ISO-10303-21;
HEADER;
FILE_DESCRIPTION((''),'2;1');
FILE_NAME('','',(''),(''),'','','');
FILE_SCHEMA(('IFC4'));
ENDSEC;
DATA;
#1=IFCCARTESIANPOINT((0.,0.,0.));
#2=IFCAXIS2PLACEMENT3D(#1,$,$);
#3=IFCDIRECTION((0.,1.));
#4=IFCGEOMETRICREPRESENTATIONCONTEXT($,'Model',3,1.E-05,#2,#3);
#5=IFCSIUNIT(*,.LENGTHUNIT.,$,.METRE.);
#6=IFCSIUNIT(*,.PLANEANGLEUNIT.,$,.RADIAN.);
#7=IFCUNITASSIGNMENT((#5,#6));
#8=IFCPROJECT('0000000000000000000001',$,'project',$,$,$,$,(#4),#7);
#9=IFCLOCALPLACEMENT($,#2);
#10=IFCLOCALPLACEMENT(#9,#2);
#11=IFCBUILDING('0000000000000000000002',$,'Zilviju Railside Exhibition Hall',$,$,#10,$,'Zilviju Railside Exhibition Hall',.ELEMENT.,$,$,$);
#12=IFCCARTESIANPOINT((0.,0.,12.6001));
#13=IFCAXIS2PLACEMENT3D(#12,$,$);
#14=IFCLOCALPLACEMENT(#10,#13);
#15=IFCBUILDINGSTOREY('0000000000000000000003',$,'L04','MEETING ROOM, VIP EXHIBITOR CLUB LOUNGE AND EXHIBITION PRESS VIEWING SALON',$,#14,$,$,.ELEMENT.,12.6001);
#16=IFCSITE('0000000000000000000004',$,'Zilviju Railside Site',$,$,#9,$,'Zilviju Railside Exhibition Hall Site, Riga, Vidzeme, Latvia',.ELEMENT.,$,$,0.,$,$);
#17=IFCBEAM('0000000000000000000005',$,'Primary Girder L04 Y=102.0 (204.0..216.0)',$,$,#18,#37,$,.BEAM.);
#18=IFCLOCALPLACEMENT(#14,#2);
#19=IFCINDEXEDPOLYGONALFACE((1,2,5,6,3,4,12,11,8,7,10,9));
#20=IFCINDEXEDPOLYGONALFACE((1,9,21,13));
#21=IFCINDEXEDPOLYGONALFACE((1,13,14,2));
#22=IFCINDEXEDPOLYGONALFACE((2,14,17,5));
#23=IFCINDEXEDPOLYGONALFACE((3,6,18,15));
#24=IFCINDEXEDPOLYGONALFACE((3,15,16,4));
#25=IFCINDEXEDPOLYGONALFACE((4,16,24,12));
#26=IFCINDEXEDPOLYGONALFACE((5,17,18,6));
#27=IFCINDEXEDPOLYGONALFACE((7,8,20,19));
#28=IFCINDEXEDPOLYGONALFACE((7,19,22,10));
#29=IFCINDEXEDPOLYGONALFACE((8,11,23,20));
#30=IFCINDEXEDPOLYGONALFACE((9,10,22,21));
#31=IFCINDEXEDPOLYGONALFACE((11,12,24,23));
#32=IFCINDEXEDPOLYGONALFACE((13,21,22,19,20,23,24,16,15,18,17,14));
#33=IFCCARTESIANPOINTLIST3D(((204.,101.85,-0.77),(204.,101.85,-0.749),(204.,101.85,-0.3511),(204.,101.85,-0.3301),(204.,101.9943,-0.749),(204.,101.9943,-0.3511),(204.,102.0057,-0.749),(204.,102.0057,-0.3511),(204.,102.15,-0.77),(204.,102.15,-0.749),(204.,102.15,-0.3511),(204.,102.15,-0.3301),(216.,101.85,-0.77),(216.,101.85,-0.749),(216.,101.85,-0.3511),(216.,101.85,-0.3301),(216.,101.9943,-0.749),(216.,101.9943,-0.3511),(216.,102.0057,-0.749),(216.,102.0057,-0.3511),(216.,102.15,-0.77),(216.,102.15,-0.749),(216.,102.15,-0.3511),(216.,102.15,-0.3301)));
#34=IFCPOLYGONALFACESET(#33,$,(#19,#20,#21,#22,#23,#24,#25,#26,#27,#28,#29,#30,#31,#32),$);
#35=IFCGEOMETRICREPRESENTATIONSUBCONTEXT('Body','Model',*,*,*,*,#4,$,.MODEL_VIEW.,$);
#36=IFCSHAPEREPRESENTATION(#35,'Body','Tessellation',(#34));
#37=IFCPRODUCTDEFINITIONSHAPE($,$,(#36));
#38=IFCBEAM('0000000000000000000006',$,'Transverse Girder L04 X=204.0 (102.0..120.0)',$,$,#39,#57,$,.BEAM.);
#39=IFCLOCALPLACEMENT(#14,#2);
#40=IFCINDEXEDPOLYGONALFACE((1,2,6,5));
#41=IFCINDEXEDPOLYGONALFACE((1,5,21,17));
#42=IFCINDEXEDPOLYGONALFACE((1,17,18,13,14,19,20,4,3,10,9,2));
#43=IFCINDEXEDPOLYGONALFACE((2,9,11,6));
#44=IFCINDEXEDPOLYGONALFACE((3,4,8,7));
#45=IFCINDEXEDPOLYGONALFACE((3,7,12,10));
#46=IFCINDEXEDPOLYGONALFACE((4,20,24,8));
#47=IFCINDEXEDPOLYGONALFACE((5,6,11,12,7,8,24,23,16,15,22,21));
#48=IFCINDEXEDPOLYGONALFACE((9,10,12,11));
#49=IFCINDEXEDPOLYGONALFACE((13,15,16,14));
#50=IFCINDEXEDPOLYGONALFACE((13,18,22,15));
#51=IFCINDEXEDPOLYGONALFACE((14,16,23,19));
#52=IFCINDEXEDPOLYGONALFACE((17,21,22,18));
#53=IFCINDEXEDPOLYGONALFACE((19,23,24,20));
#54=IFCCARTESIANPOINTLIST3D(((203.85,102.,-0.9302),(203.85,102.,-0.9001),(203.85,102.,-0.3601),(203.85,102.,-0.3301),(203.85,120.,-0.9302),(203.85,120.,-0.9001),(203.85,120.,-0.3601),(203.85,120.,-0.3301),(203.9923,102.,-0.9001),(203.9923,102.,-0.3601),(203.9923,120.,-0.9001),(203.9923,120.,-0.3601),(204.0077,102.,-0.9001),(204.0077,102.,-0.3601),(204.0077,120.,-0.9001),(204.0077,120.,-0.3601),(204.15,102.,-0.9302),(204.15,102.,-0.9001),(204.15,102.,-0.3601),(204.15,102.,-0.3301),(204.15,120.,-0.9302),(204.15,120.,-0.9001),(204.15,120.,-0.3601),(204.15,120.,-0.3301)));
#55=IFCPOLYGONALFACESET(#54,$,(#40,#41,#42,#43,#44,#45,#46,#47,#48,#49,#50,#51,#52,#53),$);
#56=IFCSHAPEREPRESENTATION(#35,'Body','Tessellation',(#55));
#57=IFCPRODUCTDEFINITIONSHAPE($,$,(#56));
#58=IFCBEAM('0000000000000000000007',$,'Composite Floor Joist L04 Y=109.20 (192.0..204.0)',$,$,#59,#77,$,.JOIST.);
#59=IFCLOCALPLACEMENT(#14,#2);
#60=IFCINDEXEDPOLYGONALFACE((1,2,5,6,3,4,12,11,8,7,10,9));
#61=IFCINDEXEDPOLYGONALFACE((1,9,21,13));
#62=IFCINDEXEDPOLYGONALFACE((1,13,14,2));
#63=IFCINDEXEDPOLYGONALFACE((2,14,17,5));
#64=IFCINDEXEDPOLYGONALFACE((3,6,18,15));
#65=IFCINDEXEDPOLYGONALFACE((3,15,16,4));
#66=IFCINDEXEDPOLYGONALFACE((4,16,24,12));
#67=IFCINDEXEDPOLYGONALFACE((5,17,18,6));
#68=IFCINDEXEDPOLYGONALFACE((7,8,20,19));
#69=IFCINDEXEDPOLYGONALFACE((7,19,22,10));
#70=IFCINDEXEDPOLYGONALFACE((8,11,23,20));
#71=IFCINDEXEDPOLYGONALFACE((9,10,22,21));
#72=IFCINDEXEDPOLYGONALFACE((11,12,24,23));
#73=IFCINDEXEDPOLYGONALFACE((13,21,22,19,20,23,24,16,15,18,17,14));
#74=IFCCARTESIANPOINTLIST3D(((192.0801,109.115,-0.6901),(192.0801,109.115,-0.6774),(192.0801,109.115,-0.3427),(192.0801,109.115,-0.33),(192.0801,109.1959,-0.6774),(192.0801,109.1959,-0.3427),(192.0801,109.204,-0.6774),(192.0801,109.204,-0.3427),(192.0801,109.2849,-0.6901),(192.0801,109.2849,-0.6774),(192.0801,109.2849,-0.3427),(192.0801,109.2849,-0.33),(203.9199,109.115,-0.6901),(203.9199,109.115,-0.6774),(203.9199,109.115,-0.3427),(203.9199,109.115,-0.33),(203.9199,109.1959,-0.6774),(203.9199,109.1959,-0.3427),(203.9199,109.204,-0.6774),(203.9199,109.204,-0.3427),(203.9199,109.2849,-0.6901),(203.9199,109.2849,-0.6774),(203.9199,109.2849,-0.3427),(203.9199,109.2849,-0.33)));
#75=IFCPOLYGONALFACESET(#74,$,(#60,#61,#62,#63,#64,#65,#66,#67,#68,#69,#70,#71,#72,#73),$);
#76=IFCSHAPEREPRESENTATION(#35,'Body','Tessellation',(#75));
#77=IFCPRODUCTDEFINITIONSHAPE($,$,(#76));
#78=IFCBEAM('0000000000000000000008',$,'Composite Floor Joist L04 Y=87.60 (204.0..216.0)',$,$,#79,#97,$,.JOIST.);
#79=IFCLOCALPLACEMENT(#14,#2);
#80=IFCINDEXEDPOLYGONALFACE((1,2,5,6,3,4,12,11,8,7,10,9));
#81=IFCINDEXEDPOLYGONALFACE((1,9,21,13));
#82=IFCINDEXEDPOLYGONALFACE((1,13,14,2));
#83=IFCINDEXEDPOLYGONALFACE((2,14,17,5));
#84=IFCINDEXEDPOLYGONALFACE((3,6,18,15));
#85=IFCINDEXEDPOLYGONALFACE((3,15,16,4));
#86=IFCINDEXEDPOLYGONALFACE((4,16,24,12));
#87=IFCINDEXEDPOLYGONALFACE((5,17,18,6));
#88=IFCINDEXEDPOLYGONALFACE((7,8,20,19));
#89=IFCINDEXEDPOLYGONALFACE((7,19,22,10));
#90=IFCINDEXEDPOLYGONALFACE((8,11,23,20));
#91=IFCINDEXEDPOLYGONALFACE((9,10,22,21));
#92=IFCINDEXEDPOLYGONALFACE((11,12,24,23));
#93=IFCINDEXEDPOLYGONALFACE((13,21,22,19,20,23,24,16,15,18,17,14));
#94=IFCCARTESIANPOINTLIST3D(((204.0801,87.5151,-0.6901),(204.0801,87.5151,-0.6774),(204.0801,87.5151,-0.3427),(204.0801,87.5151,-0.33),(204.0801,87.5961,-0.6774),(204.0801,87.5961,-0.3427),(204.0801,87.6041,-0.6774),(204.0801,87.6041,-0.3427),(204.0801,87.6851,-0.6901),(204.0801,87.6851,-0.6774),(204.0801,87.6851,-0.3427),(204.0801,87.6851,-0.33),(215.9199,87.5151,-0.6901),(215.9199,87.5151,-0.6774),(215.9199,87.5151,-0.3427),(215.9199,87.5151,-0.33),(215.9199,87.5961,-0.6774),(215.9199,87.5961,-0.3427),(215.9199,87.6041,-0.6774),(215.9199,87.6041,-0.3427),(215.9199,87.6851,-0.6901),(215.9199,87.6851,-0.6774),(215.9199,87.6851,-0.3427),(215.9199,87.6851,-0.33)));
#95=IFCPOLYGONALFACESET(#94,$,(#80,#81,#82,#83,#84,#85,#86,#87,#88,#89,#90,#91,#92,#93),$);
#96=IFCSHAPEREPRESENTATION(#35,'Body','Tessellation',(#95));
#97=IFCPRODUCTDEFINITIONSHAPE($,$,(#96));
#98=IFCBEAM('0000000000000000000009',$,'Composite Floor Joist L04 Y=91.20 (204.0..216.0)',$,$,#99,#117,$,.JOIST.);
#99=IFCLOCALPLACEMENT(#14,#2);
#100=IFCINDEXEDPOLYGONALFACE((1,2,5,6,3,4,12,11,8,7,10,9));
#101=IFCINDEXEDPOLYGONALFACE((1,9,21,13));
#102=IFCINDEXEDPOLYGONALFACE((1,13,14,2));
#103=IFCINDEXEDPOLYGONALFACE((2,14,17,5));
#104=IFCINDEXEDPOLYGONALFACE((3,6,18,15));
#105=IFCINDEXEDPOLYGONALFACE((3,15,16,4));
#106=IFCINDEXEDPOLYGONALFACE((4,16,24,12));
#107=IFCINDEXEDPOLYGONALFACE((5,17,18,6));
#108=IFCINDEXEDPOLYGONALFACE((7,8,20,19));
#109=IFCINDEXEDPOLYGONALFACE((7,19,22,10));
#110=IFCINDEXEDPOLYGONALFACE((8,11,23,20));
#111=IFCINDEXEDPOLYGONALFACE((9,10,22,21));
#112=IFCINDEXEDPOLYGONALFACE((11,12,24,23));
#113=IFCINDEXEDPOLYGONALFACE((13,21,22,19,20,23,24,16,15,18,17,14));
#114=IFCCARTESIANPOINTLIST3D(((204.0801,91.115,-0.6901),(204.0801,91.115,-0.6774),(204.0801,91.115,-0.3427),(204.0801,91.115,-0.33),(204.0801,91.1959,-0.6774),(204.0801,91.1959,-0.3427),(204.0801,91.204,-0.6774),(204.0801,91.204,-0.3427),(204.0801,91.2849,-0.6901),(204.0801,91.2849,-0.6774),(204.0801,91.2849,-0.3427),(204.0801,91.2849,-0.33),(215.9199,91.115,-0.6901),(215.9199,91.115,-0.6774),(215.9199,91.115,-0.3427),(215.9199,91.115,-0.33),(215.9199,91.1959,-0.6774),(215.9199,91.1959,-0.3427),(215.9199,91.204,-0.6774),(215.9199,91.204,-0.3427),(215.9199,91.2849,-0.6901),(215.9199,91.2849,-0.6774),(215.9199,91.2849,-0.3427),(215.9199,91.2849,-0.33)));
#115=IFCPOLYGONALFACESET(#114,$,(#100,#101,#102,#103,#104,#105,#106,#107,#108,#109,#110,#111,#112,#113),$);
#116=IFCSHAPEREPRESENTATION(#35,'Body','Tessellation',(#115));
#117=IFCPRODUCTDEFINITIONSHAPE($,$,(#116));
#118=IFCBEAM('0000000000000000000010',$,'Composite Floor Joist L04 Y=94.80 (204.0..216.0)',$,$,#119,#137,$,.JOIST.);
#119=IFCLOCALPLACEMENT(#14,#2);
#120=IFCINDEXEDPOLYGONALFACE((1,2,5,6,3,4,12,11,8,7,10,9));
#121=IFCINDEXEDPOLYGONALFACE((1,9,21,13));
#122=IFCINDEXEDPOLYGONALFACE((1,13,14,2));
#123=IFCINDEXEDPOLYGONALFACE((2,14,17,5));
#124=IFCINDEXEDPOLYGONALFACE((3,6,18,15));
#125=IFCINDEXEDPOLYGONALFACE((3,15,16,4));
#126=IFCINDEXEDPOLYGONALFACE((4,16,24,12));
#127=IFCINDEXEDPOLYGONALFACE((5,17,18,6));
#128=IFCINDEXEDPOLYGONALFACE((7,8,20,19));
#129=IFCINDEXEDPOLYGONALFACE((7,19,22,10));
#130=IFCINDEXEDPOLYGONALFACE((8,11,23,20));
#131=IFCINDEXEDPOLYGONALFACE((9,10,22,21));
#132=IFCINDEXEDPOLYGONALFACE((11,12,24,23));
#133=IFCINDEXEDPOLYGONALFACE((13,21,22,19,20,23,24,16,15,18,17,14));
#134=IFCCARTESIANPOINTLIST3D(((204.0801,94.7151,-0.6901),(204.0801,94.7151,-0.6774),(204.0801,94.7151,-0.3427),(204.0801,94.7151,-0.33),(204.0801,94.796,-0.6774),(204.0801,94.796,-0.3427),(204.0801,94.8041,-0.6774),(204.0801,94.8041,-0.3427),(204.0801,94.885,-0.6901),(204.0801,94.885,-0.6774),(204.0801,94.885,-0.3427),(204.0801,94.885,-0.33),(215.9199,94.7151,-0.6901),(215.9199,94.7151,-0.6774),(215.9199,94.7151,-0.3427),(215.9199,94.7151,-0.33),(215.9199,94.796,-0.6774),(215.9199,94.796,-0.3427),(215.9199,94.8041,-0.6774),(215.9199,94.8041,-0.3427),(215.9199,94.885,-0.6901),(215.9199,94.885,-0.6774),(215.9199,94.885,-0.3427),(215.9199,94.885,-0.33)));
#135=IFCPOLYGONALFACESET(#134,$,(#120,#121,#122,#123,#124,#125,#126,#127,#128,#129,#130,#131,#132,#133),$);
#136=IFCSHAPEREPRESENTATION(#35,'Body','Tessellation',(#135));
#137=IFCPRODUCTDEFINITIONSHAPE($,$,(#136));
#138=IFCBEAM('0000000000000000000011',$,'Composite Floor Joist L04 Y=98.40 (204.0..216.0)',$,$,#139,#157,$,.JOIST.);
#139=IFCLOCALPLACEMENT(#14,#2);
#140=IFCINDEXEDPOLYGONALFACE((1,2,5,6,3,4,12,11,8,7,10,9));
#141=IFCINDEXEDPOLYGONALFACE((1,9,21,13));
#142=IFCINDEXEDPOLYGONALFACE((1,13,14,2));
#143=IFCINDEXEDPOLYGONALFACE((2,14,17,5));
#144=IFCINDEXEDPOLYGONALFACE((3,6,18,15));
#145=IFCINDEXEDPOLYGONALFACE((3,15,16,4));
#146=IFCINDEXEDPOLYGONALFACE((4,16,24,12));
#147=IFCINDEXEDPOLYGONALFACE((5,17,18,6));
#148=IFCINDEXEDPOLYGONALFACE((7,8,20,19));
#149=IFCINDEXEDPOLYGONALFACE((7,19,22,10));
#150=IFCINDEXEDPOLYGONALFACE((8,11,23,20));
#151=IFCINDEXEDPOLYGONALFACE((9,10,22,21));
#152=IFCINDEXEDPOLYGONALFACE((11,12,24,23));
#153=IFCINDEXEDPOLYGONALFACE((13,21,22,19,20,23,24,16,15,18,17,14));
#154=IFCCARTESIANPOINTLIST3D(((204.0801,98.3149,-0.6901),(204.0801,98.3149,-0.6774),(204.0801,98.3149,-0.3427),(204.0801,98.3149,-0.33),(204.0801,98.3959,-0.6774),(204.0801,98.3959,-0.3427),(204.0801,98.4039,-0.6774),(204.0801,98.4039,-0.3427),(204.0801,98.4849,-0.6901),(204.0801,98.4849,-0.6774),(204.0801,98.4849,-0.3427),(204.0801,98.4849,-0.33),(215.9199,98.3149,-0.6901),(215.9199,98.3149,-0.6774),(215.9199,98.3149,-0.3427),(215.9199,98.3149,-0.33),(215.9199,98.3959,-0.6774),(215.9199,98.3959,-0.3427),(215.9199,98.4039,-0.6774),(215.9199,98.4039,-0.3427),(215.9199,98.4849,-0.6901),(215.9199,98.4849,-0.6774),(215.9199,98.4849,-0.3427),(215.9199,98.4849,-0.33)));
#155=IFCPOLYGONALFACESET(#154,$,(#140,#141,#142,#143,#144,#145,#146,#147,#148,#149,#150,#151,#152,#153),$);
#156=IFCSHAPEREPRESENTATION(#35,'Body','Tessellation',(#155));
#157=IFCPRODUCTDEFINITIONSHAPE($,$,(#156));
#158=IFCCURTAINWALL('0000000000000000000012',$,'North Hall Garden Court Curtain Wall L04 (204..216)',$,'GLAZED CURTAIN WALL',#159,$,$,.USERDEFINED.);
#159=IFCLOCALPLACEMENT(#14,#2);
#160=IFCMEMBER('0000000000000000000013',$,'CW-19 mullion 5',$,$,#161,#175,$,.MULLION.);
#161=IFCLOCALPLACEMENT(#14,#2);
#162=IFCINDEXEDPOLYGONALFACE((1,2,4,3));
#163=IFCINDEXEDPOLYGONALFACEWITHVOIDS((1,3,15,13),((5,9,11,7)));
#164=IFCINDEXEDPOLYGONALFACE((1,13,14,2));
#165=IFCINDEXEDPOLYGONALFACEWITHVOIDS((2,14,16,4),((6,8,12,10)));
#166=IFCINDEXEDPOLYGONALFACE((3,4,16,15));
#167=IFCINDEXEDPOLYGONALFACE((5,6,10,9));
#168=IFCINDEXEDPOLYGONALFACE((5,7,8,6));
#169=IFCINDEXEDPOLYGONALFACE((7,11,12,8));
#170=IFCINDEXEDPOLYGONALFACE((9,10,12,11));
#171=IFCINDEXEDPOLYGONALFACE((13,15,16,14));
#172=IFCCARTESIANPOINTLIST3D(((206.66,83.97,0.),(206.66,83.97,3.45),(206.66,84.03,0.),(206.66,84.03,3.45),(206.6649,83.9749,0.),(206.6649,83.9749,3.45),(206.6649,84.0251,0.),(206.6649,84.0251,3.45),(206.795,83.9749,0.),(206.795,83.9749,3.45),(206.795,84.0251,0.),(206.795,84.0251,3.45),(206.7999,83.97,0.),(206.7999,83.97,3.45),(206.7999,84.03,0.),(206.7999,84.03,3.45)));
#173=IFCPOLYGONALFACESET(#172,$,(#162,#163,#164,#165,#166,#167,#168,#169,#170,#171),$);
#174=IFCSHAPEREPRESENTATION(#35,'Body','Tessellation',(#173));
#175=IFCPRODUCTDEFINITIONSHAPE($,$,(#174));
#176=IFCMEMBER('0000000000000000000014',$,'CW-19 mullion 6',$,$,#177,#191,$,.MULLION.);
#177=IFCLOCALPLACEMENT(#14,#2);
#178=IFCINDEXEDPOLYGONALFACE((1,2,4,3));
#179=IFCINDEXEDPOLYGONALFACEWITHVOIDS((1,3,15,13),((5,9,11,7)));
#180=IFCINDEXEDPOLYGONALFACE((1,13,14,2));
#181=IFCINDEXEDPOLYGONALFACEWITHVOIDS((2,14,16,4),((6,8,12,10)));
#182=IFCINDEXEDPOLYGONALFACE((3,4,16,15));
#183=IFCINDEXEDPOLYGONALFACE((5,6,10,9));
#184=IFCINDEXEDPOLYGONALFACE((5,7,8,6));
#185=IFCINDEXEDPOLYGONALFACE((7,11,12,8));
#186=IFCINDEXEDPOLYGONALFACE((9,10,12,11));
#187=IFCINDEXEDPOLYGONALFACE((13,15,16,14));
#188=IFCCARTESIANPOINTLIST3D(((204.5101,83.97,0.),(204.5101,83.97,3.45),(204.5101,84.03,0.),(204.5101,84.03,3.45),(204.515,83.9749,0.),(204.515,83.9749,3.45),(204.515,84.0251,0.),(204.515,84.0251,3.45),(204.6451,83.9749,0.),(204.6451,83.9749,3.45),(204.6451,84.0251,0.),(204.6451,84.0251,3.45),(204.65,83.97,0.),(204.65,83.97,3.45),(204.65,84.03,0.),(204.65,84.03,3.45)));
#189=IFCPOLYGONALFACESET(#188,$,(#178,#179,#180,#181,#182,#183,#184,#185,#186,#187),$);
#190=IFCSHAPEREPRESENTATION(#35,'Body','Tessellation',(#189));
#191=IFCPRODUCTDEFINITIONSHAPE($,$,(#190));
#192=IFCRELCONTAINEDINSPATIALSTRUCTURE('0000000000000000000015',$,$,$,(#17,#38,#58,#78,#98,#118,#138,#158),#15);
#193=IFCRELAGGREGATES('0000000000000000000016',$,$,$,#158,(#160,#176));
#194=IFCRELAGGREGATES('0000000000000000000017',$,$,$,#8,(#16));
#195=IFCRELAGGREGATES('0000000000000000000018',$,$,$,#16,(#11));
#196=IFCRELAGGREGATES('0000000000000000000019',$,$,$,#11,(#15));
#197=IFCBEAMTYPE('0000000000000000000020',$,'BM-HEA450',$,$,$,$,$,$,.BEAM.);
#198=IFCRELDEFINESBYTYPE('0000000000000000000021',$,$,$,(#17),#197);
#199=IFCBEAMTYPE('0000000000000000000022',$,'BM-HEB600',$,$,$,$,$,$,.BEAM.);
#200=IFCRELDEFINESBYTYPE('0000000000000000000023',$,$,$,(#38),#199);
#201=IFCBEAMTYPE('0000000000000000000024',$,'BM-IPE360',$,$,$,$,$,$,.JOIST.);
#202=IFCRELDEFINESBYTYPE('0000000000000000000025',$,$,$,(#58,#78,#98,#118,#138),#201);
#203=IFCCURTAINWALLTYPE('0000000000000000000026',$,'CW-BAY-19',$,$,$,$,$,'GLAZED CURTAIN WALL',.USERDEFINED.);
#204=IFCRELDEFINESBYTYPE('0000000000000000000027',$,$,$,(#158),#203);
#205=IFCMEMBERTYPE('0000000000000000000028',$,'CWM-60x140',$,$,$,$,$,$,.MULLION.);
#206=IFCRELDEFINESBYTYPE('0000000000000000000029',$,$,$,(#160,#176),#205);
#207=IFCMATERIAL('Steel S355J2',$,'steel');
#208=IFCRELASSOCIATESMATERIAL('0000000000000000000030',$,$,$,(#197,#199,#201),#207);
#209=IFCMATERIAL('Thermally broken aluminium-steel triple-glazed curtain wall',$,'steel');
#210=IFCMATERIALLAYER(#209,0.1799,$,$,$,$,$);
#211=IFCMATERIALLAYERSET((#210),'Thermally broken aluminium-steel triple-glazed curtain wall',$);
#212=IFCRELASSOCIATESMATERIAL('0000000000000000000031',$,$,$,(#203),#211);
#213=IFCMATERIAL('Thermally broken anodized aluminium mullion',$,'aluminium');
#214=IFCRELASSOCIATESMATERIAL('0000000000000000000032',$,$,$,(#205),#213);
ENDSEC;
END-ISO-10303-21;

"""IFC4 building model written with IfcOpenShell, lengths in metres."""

from ifc_helpers import new_model, si_unit, direction, frame, origin, origin_2d, place, context, subcontext, project, spatial, hollow_rectangle, i_section, extrude, material, layer, layer_set, material_profile, profile_set, type_object, element, aggregate, save


model = new_model("IFC4")

# Units and contexts
model_context = context("Model", 3, precision=1e-05, world=origin(), true_north=direction((0.0, 1.0)))
body_context = subcontext(model_context, "Body", "Model", "MODEL_VIEW")
ifc_project = project(units=[si_unit("LENGTHUNIT", "METRE"), si_unit("PLANEANGLEUNIT", "RADIAN")], contexts=[model_context])

# Site, building, storey
site_placement = place(None, origin())
site = spatial("IfcSite", under=ifc_project, at=site_placement, Name="Zilviju Railside Site", LongName="Zilviju Railside Exhibition Hall Site, Riga, Vidzeme, Latvia", CompositionType="ELEMENT", RefElevation=0.0)
building_placement = place(site_placement, origin())
building = spatial("IfcBuilding", under=site, at=building_placement, Name="Zilviju Railside Exhibition Hall", LongName="Zilviju Railside Exhibition Hall", CompositionType="ELEMENT")
storey_placement = place(building_placement, frame((0.0, 0.0, 12.6001)))
storey = spatial("IfcBuildingStorey", under=building, at=storey_placement, Name="L04", Description="MEETING ROOM, VIP EXHIBITOR CLUB LOUNGE AND EXHIBITION PRESS VIEWING SALON", CompositionType="ELEMENT", Elevation=12.6001)

# Beams
ifc_material_1 = material(Name="Steel S355J2", Category="steel")
ifc_material_profile_1 = material_profile(ifc_material_1, i_section(OverallWidth=0.3, OverallDepth=0.4399, WebThickness=0.0115, FlangeThickness=0.021, at=origin_2d()), Name="HEA 450")
ifc_profile_set_1 = profile_set([ifc_material_profile_1], Name="Steel S355J2")
beam_type_1 = type_object("IfcBeamType", Name="BM-HEA450", PredefinedType="BEAM", material=ifc_profile_set_1)
beam_1_placement = place(storey_placement, frame((204.0, 102.0, -0.55), z_axis=(1.0, 0.0, 0.0), x_axis=(0.0, 1.0, 0.0)))
element("IfcBeam", 1, at=beam_1_placement, inside=storey, type_object=beam_type_1, Name="Primary Girder L04 Y=102.0 (204.0..216.0)", PredefinedType="BEAM", context=body_context, shape_type="SweptSolid", body=[
    extrude(i_section(OverallWidth=0.3, OverallDepth=0.4399, WebThickness=0.0115, FlangeThickness=0.021, at=origin_2d()), origin(), (0.0, 0.0, 1.0), 12.0),
])
ifc_material_profile_2 = material_profile(ifc_material_1, i_section(OverallWidth=0.3, OverallDepth=0.6001, WebThickness=0.0154, FlangeThickness=0.03, at=origin_2d()), Name="HEB 600")
ifc_profile_set_2 = profile_set([ifc_material_profile_2], Name="Steel S355J2")
beam_type_2 = type_object("IfcBeamType", Name="BM-HEB600", PredefinedType="BEAM", material=ifc_profile_set_2)
beam_2_placement = place(storey_placement, frame((204.0, 102.0, -0.6301), z_axis=(0.0, 1.0, 0.0), x_axis=(-1.0, 0.0, 0.0)))
element("IfcBeam", 2, at=beam_2_placement, inside=storey, type_object=beam_type_2, Name="Transverse Girder L04 X=204.0 (102.0..120.0)", PredefinedType="BEAM", context=body_context, shape_type="SweptSolid", body=[
    extrude(i_section(OverallWidth=0.3, OverallDepth=0.6001, WebThickness=0.0154, FlangeThickness=0.03, at=origin_2d()), origin(), (0.0, 0.0, 1.0), 18.0),
])
ifc_material_profile_3 = material_profile(ifc_material_1, i_section(OverallWidth=0.1699, OverallDepth=0.3601, WebThickness=0.0081, FlangeThickness=0.0127, at=origin_2d()), Name="IPE 360")
ifc_profile_set_3 = profile_set([ifc_material_profile_3], Name="Steel S355J2")
beam_type_3 = type_object("IfcBeamType", Name="BM-IPE360", PredefinedType="JOIST", material=ifc_profile_set_3)
for number, where, z_axis, x_axis, name in (
    (3, (192.0801, 109.2, -0.51), (1.0, 0.0, 0.0), (0.0, 1.0, 0.0), "Composite Floor Joist L04 Y=109.20 (192.0..204.0)"),
    (4, (204.0801, 87.6001, -0.51), (1.0, 0.0, 0.0), (0.0, 1.0, 0.0), "Composite Floor Joist L04 Y=87.60 (204.0..216.0)"),
    (5, (204.0801, 91.2, -0.51), (1.0, 0.0, 0.0), (0.0, 1.0, 0.0), "Composite Floor Joist L04 Y=91.20 (204.0..216.0)"),
    (6, (204.0801, 94.8, -0.51), (1.0, 0.0, 0.0), (0.0, 1.0, 0.0), "Composite Floor Joist L04 Y=94.80 (204.0..216.0)"),
    (7, (204.0801, 98.3999, -0.51), (1.0, 0.0, 0.0), (0.0, 1.0, 0.0), "Composite Floor Joist L04 Y=98.40 (204.0..216.0)"),
):
    element("IfcBeam", number, at=place(storey_placement, frame(where, z_axis=z_axis, x_axis=x_axis)), inside=storey, type_object=beam_type_3, Name=name, PredefinedType="JOIST", context=body_context, shape_type="SweptSolid", body=[
        extrude(i_section(OverallWidth=0.1699, OverallDepth=0.3601, WebThickness=0.0081, FlangeThickness=0.0127, at=origin_2d()), origin(), (0.0, 0.0, 1.0), 11.8398),
    ])

# Curtain wall, members
ifc_material_2 = material(Name="Thermally broken aluminium-steel triple-glazed curtain wall", Category="steel")
ifc_layer_1 = layer(ifc_material_2, 0.1799)
ifc_layer_set_1 = layer_set([ifc_layer_1], Name="Thermally broken aluminium-steel triple-glazed curtain wall")
curtain_wall_type = type_object("IfcCurtainWallType", Name="CW-BAY-19", ElementType="GLAZED CURTAIN WALL", PredefinedType="USERDEFINED", material=ifc_layer_set_1)
curtain_wall_placement = place(storey_placement, origin())
curtain_wall = element("IfcCurtainWall", 8, at=curtain_wall_placement, inside=storey, type_object=curtain_wall_type, Name="North Hall Garden Court Curtain Wall L04 (204..216)", ObjectType="GLAZED CURTAIN WALL", PredefinedType="USERDEFINED")
ifc_material_3 = material(Name="Thermally broken anodized aluminium mullion", Category="aluminium")
ifc_material_profile_4 = material_profile(ifc_material_3, hollow_rectangle(XDim=0.0601, YDim=0.1399, WallThickness=0.0049, at=origin_2d()), Name="MULLION 140x60x5")
ifc_profile_set_4 = profile_set([ifc_material_profile_4], Name="Thermally broken anodized aluminium mullion")
member_type_1 = type_object("IfcMemberType", Name="CWM-60x140", PredefinedType="MULLION", material=ifc_profile_set_4)
member_1_placement = place(storey_placement, frame((206.73, 84.0, 0.0), z_axis=(0.0, 0.0, 1.0), x_axis=(0.0, -1.0, 0.0)))
member_1 = element("IfcMember", 9, at=member_1_placement, type_object=member_type_1, Name="CW-19 mullion 5", PredefinedType="MULLION", context=body_context, shape_type="SweptSolid", body=[
    extrude(hollow_rectangle(XDim=0.0601, YDim=0.1399, WallThickness=0.0049, at=origin_2d()), origin(), (0.0, 0.0, 1.0), 3.45),
])
member_2_placement = place(storey_placement, frame((204.5801, 84.0, 0.0), z_axis=(0.0, 0.0, 1.0), x_axis=(0.0, -1.0, 0.0)))
member_2 = element("IfcMember", 10, at=member_2_placement, type_object=member_type_1, Name="CW-19 mullion 6", PredefinedType="MULLION", context=body_context, shape_type="SweptSolid", body=[
    extrude(hollow_rectangle(XDim=0.0601, YDim=0.1399, WallThickness=0.0049, at=origin_2d()), origin(), (0.0, 0.0, 1.0), 3.45),
])
aggregate(curtain_wall, [member_1, member_2])

save(model, "model.ifc")
